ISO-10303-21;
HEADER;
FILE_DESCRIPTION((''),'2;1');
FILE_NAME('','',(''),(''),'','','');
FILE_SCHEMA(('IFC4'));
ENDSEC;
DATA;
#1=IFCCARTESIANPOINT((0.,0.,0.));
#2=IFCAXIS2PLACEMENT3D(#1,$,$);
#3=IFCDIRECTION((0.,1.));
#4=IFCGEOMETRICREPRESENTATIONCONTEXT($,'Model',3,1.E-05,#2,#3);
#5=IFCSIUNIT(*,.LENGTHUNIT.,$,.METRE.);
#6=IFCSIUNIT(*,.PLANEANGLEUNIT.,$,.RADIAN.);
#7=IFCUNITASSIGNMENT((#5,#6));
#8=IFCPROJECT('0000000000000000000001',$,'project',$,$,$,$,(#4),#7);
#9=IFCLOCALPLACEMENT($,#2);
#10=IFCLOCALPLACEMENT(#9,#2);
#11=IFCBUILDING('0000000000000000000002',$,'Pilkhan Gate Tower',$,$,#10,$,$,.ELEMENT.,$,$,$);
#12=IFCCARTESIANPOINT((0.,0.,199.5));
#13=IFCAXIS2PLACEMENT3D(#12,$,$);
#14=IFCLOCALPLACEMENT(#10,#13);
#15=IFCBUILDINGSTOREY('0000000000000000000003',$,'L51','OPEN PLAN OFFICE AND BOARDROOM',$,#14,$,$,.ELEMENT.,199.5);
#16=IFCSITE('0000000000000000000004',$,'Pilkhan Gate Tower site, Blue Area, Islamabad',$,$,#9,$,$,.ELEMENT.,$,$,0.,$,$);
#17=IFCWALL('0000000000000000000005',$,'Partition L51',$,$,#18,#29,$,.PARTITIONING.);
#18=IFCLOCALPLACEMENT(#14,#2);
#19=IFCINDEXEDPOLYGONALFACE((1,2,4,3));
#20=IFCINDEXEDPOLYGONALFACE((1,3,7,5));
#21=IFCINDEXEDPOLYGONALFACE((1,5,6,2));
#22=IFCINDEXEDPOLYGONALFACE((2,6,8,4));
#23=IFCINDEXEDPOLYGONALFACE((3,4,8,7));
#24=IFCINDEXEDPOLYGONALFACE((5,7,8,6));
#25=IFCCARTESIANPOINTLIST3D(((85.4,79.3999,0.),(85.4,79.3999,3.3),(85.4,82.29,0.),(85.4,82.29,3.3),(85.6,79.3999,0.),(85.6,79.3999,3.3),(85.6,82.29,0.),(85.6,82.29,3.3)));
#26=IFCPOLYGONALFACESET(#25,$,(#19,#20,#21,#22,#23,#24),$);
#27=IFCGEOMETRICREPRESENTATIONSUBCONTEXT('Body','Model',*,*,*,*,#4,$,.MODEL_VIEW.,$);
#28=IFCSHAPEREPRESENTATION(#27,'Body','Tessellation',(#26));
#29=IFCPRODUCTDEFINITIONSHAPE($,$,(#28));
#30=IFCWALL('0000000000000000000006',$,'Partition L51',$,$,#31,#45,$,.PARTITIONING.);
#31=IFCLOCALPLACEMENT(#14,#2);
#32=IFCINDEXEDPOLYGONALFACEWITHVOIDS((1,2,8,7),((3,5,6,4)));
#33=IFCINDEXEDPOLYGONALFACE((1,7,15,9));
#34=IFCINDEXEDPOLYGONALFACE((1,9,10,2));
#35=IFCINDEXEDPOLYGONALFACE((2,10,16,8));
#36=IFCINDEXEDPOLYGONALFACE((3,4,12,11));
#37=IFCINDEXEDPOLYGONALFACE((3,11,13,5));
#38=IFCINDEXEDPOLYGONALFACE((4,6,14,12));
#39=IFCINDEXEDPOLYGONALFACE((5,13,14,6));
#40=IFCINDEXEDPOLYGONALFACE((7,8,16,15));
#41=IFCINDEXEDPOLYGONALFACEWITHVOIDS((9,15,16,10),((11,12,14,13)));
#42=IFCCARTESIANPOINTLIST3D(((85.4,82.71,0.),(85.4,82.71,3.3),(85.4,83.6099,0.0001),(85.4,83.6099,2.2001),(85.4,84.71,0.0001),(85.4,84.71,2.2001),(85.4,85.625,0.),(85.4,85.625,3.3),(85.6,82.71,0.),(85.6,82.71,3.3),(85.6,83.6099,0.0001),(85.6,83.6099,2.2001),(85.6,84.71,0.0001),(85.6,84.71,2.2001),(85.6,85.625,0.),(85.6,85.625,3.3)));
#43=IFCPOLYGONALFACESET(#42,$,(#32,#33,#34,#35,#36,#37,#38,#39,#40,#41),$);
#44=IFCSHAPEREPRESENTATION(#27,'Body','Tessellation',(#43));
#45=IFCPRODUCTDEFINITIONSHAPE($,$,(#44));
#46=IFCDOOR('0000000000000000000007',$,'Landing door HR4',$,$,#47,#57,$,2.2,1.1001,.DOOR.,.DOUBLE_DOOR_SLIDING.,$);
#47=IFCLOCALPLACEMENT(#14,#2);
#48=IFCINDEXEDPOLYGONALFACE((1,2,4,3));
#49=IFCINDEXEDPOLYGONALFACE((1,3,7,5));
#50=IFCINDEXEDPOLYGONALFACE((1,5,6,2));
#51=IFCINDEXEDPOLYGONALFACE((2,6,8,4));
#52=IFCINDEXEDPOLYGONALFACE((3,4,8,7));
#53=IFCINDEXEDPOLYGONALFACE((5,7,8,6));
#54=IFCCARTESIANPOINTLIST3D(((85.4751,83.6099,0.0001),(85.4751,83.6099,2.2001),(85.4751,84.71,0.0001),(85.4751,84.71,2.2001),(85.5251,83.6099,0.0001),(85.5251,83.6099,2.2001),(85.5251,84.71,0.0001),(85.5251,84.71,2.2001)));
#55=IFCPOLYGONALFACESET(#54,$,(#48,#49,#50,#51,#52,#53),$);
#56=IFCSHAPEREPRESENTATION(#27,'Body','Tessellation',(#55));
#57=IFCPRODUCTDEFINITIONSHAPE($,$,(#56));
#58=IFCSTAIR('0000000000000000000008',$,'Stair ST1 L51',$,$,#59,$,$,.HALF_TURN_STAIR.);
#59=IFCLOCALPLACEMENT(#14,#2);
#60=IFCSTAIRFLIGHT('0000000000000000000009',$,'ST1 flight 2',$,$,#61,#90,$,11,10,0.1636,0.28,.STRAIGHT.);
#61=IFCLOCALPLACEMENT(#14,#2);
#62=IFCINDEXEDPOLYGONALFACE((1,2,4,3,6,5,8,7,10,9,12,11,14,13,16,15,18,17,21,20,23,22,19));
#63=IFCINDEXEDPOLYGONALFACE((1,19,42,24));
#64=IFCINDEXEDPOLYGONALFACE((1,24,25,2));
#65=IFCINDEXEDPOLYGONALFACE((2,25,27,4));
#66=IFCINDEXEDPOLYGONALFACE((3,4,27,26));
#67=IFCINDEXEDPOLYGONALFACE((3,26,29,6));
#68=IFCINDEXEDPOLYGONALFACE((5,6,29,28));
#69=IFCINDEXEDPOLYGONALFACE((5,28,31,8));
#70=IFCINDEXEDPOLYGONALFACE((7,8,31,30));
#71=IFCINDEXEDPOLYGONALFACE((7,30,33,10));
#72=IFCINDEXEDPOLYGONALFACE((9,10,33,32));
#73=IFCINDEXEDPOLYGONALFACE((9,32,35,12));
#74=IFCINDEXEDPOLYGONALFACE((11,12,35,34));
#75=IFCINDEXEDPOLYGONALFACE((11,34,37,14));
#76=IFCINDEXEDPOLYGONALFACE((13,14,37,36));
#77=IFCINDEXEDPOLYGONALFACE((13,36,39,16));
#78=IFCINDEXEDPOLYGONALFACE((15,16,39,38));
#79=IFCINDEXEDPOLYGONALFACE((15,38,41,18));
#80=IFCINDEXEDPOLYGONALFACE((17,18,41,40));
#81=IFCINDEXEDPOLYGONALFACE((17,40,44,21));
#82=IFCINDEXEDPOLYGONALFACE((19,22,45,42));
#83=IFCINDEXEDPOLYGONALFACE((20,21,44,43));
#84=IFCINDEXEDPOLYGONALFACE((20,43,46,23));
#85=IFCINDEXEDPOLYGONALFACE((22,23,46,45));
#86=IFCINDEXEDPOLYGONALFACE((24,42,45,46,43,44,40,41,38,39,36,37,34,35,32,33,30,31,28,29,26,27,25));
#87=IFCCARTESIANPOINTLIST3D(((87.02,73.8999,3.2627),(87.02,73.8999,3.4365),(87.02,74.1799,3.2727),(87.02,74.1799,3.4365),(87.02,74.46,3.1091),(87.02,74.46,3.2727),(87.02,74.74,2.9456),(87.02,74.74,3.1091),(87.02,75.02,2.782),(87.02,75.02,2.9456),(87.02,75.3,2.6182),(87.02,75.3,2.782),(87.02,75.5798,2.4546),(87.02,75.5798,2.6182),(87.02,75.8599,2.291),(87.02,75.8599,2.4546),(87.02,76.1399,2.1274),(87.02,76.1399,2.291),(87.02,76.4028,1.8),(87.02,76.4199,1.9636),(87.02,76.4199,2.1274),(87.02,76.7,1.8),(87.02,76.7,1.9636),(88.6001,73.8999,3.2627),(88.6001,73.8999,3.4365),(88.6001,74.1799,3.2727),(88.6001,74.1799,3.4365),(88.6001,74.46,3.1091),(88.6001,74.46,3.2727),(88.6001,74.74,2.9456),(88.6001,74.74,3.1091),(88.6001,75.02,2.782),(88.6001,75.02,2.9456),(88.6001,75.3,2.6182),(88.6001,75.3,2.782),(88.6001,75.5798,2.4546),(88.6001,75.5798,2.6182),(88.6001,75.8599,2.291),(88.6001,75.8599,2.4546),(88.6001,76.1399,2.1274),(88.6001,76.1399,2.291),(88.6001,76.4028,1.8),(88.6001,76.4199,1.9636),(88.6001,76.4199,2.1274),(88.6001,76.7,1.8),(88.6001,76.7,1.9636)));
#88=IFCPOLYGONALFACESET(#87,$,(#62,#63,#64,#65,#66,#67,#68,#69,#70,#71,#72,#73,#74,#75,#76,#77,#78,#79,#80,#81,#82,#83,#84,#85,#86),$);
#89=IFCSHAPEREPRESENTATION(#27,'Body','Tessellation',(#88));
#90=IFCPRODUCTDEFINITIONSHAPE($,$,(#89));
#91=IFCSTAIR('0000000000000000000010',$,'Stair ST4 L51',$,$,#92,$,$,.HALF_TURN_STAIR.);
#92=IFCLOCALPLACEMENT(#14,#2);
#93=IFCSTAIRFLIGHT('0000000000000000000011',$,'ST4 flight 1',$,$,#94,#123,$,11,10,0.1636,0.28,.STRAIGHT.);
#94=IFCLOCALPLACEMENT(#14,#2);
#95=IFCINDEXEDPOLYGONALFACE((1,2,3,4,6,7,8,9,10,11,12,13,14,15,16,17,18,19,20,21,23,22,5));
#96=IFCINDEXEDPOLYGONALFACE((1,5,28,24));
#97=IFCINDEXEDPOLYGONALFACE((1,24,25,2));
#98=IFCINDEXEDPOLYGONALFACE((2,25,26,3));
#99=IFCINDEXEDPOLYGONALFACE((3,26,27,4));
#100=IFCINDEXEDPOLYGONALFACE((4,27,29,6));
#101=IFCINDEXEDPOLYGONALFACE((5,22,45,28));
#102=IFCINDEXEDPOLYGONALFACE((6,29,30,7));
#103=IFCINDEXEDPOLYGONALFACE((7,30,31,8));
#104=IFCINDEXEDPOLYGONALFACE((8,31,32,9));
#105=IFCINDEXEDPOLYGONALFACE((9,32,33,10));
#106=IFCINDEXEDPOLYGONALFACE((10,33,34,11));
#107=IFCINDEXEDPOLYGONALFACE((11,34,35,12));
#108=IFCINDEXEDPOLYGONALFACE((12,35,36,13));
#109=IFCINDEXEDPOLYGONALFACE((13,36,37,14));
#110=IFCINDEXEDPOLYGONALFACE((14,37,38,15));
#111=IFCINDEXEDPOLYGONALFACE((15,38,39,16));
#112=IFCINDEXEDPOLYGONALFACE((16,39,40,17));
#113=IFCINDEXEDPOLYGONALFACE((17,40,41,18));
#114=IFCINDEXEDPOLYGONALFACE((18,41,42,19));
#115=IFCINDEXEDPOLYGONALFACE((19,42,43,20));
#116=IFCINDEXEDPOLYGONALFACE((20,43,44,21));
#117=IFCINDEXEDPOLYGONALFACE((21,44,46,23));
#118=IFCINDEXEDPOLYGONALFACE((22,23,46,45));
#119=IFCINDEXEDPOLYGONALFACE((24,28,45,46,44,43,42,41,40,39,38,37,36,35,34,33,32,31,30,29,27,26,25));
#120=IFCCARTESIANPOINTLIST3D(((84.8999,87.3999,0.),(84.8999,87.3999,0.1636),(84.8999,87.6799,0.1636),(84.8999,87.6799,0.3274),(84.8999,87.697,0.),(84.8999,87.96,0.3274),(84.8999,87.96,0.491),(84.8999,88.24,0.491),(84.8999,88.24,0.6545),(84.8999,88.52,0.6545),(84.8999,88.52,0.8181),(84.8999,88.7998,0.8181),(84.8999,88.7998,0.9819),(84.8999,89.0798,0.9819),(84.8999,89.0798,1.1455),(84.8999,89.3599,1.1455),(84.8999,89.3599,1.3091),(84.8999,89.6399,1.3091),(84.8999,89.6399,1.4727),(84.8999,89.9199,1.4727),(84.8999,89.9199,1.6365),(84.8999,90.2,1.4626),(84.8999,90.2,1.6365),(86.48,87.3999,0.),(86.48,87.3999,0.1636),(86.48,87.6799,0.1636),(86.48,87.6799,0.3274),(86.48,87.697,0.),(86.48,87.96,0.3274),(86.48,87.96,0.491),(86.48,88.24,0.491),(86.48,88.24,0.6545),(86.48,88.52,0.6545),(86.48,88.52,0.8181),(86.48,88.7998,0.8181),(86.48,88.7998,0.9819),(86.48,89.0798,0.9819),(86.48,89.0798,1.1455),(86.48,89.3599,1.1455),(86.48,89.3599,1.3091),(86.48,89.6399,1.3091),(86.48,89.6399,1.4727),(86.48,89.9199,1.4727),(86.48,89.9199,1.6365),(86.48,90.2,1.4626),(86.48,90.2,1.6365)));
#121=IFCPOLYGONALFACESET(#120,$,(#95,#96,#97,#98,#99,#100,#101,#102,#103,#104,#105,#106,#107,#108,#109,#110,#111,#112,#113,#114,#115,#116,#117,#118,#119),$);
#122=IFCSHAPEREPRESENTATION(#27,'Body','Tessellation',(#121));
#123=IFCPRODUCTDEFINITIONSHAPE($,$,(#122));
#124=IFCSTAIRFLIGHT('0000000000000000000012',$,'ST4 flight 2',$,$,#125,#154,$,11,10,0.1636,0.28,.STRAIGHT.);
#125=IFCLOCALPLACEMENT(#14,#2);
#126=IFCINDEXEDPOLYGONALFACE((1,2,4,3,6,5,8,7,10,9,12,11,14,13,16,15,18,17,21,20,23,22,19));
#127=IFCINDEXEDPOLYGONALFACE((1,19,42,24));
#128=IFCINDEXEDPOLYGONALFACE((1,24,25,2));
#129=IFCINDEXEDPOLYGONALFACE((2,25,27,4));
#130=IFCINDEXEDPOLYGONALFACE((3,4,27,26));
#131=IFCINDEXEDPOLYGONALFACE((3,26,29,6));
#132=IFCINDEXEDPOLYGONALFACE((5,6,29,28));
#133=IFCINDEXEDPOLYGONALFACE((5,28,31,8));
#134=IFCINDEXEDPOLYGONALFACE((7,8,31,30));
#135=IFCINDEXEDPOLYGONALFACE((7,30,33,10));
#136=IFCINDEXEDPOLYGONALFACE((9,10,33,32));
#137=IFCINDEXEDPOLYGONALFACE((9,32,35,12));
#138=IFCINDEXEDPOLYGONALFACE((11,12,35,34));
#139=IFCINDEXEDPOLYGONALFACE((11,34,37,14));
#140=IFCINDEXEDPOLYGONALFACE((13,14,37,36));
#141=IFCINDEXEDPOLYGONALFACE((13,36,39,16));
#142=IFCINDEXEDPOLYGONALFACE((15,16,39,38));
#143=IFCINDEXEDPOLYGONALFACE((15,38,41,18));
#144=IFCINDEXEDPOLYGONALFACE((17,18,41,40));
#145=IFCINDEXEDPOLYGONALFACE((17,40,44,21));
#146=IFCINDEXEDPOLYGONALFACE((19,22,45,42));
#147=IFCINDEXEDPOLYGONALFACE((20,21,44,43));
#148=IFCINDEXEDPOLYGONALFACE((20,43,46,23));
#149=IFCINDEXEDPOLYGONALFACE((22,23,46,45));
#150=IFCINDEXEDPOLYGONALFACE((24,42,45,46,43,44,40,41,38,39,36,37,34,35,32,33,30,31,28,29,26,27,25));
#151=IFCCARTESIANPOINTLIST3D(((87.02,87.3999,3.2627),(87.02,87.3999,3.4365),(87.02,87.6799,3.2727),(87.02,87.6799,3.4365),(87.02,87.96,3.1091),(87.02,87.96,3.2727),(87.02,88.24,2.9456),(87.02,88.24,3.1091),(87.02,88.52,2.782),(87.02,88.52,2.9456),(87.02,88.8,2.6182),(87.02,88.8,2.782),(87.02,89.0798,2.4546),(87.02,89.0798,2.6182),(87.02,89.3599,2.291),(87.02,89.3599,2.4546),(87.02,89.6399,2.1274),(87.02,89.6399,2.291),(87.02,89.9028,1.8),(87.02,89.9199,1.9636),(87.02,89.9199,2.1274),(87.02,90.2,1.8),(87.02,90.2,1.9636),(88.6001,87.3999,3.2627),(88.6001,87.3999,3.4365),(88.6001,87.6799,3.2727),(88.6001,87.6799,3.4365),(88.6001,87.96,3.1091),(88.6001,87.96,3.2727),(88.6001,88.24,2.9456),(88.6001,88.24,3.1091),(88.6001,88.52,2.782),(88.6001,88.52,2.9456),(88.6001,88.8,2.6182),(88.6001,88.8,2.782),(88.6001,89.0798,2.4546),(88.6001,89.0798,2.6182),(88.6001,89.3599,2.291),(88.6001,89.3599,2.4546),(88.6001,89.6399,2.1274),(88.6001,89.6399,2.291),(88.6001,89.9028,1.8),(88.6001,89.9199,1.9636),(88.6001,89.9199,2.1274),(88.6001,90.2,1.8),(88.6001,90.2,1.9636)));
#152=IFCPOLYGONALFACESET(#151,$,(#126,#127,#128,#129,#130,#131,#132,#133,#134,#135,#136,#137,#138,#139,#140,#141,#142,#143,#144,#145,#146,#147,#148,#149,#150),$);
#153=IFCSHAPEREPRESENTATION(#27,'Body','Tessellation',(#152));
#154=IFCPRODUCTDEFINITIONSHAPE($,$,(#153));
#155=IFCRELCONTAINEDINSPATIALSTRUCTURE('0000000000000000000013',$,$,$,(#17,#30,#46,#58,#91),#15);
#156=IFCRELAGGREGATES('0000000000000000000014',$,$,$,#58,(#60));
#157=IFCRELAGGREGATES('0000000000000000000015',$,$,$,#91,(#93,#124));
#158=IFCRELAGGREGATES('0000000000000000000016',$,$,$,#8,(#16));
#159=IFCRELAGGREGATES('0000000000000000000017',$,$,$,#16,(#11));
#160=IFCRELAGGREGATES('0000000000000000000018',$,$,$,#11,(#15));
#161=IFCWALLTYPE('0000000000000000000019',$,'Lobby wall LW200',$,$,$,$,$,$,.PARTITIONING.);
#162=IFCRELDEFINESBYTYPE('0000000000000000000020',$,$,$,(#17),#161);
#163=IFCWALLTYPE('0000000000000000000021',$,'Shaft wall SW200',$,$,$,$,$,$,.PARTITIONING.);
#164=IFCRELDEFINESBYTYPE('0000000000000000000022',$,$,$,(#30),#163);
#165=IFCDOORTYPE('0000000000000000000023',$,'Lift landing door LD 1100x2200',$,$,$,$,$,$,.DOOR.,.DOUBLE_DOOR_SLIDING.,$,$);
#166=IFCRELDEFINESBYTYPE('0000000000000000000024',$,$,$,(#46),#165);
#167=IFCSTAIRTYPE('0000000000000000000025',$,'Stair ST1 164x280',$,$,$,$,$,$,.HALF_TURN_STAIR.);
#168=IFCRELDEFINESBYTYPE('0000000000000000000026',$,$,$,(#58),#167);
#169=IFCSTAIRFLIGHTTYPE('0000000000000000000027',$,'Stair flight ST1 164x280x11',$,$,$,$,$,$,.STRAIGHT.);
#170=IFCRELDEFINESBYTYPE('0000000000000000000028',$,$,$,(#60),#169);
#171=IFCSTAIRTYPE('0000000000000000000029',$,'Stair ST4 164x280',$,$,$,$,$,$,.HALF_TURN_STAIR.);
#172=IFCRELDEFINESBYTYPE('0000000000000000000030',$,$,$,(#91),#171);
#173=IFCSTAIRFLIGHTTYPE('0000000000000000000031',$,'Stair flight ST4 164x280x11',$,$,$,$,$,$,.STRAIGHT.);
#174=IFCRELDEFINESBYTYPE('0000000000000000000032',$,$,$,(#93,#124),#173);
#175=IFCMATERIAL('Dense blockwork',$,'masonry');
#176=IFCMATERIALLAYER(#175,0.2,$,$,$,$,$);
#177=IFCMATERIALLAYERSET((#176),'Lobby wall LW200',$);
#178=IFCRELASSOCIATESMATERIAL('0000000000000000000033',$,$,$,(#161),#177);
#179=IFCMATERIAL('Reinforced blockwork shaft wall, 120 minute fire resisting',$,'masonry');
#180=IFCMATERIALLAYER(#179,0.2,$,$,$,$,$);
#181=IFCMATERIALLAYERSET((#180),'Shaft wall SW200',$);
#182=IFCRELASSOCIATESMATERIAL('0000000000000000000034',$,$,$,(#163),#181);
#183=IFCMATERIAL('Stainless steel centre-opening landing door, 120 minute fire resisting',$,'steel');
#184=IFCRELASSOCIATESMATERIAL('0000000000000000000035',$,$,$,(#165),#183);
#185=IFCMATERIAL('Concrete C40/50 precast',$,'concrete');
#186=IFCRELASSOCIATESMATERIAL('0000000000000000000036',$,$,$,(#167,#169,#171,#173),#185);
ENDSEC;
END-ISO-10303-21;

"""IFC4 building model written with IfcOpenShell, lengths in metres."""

from ifc_helpers import new_model, si_unit, direction, frame, frame_2d, origin, place, context, subcontext, project, spatial, polyline, rectangle, outline, extrude, material, layer, layer_set, type_object, element, fill, aggregate, save


model = new_model("IFC4")

# Units and contexts
model_context = context("Model", 3, precision=1e-05, world=origin(), true_north=direction((0.0, 1.0)))
body_context = subcontext(model_context, "Body", "Model", "MODEL_VIEW")
ifc_project = project(units=[si_unit("LENGTHUNIT", "METRE"), si_unit("PLANEANGLEUNIT", "RADIAN")], contexts=[model_context])

# Site, building, storey
site_placement = place(None, origin())
site = spatial("IfcSite", under=ifc_project, at=site_placement, Name="Pilkhan Gate Tower site, Blue Area, Islamabad", CompositionType="ELEMENT", RefElevation=0.0)
building_placement = place(site_placement, origin())
building = spatial("IfcBuilding", under=site, at=building_placement, Name="Pilkhan Gate Tower", CompositionType="ELEMENT")
storey_placement = place(building_placement, frame((0.0, 0.0, 199.5)))
storey = spatial("IfcBuildingStorey", under=building, at=storey_placement, Name="L51", Description="OPEN PLAN OFFICE AND BOARDROOM", CompositionType="ELEMENT", Elevation=199.5)

# Shared definitions
ifc_material_1 = material(Name="Dense blockwork", Category="masonry")

# Wall
ifc_layer_1 = layer(ifc_material_1, 0.2)
ifc_layer_set_1 = layer_set([ifc_layer_1], Name="Lobby wall LW200")
wall_type_1 = type_object("IfcWallType", Name="Lobby wall LW200", PredefinedType="PARTITIONING", material=ifc_layer_set_1)
wall_1_placement = place(storey_placement, frame((85.5, 79.3999, 0.0), z_axis=(0.0, 0.0, 1.0), x_axis=(0.0, 1.0, 0.0)))
element("IfcWall", 1, at=wall_1_placement, inside=storey, type_object=wall_type_1, Name="Partition L51", PredefinedType="PARTITIONING", context=body_context, shape_type="SweptSolid", body=[
    extrude(rectangle(XDim=2.8901, YDim=0.2, at=frame_2d((1.4451, 0.0))), origin(), (0.0, 0.0, 1.0), 3.3),
])

# Wall, opening, door
ifc_material_2 = material(Name="Reinforced blockwork shaft wall, 120 minute fire resisting", Category="masonry")
ifc_layer_2 = layer(ifc_material_2, 0.2)
ifc_layer_set_2 = layer_set([ifc_layer_2], Name="Shaft wall SW200")
wall_type_2 = type_object("IfcWallType", Name="Shaft wall SW200", PredefinedType="PARTITIONING", material=ifc_layer_set_2)
wall_2_placement = place(storey_placement, frame((85.5, 82.71, 0.0), z_axis=(0.0, 0.0, 1.0), x_axis=(0.0, 1.0, 0.0)))
wall_2 = element("IfcWall", 2, at=wall_2_placement, inside=storey, type_object=wall_type_2, Name="Partition L51", PredefinedType="PARTITIONING", context=body_context, shape_type="SweptSolid", body=[
    extrude(rectangle(XDim=2.915, YDim=0.2, at=frame_2d((1.4575, 0.0))), origin(), (0.0, 0.0, 1.0), 3.3),
])
opening_1_placement = place(wall_2_placement, frame((0.8999, 0.0, 0.0)))
opening_1 = element("IfcOpeningElement", 3, at=opening_1_placement, cuts=wall_2, PredefinedType="OPENING", context=body_context, shape_type="SweptSolid", body=[
    extrude(rectangle(XDim=1.1001, YDim=2.2, at=frame_2d((0.55, 1.1001))), frame((0.0, 0.1099, 0.0), z_axis=(0.0, -1.0, 0.0), x_axis=(1.0, 0.0, 0.0)), (0.0, 0.0, 1.0), 0.22),
])
ifc_material_3 = material(Name="Stainless steel centre-opening landing door, 120 minute fire resisting", Category="steel")
door_type_1 = type_object("IfcDoorType", Name="Lift landing door LD 1100x2200", OperationType="DOUBLE_DOOR_SLIDING", PredefinedType="DOOR", material=ifc_material_3)
door_1_placement = place(opening_1_placement, origin())
door_1 = element("IfcDoor", 4, at=door_1_placement, inside=storey, type_object=door_type_1, Name="Landing door HR4", OperationType="DOUBLE_DOOR_SLIDING", OverallHeight=2.2, OverallWidth=1.1001, PredefinedType="DOOR", context=body_context, shape_type="SweptSolid", body=[
    extrude(rectangle(XDim=1.1001, YDim=2.2, at=frame_2d((0.55, 1.1001))), frame((0.0, 0.0249, 0.0), z_axis=(0.0, -1.0, 0.0), x_axis=(1.0, 0.0, 0.0)), (0.0, 0.0, 1.0), 0.05),
])
fill(opening_1, door_1)

# Stair, stair flight
ifc_material_4 = material(Name="Concrete C40/50 precast", Category="concrete")
stair_type_1 = type_object("IfcStairType", Name="Stair ST1 164x280", PredefinedType="HALF_TURN_STAIR", material=ifc_material_4)
stair_1_placement = place(storey_placement, origin())
stair_1 = element("IfcStair", 5, at=stair_1_placement, inside=storey, type_object=stair_type_1, Name="Stair ST1 L51", PredefinedType="HALF_TURN_STAIR")
stair_flight_type_1 = type_object("IfcStairFlightType", Name="Stair flight ST1 164x280x11", PredefinedType="STRAIGHT", material=ifc_material_4)
stair_flight_1_placement = place(storey_placement, frame((87.8101, 76.7, 1.8), z_axis=(0.0, 0.0, 1.0), x_axis=(0.0, -1.0, 0.0)))
stair_flight_1 = element("IfcStairFlight", 6, at=stair_flight_1_placement, type_object=stair_flight_type_1, Name="ST1 flight 2", NumberOfRisers=11, NumberOfTreads=10, PredefinedType="STRAIGHT", RiserHeight=0.1636, TreadLength=0.28, context=body_context, shape_type="SweptSolid", body=[
    extrude(outline(polyline([(0.0, 0.0), (0.0, 0.1636), (0.28, 0.1636), (0.28, 0.3274), (0.5601, 0.3274), (0.5601, 0.491), (0.8401, 0.491), (0.8401, 0.6545), (1.1201, 0.6545), (1.1201, 0.8181), (1.3999, 0.8181), (1.3999, 0.9819), (1.6799, 0.9819), (1.6799, 1.1455), (1.96, 1.1455), (1.96, 1.3091), (2.24, 1.3091), (2.24, 1.4727), (2.52, 1.4727), (2.52, 1.6365), (2.8, 1.6365), (2.8, 1.8), (2.8, 1.4626), (0.2971, 0.0), (0.0, 0.0)])), frame((0.0, 0.79, 0.0), z_axis=(0.0, -1.0, 0.0), x_axis=(1.0, 0.0, 0.0)), (0.0, 0.0, 1.0), 1.5801),
])
aggregate(stair_1, [stair_flight_1])

# Stair, stair flights
stair_type_2 = type_object("IfcStairType", Name="Stair ST4 164x280", PredefinedType="HALF_TURN_STAIR", material=ifc_material_4)
stair_2_placement = place(storey_placement, origin())
stair_2 = element("IfcStair", 7, at=stair_2_placement, inside=storey, type_object=stair_type_2, Name="Stair ST4 L51", PredefinedType="HALF_TURN_STAIR")
stair_flight_type_2 = type_object("IfcStairFlightType", Name="Stair flight ST4 164x280x11", PredefinedType="STRAIGHT", material=ifc_material_4)
stair_flight_2_placement = place(storey_placement, frame((85.6899, 87.3999, 0.0), z_axis=(0.0, 0.0, 1.0), x_axis=(0.0, 1.0, 0.0)))
stair_flight_2 = element("IfcStairFlight", 8, at=stair_flight_2_placement, type_object=stair_flight_type_2, Name="ST4 flight 1", NumberOfRisers=11, NumberOfTreads=10, PredefinedType="STRAIGHT", RiserHeight=0.1636, TreadLength=0.28, context=body_context, shape_type="SweptSolid", body=[
    extrude(outline(polyline([(0.0, 0.0), (0.0, 0.1636), (0.28, 0.1636), (0.28, 0.3274), (0.5601, 0.3274), (0.5601, 0.491), (0.8401, 0.491), (0.8401, 0.6545), (1.1201, 0.6545), (1.1201, 0.8181), (1.3999, 0.8181), (1.3999, 0.9819), (1.6799, 0.9819), (1.6799, 1.1455), (1.96, 1.1455), (1.96, 1.3091), (2.24, 1.3091), (2.24, 1.4727), (2.52, 1.4727), (2.52, 1.6365), (2.8, 1.6365), (2.8, 1.8), (2.8, 1.4626), (0.2971, 0.0), (0.0, 0.0)])), frame((0.0, 0.79, 0.0), z_axis=(0.0, -1.0, 0.0), x_axis=(1.0, 0.0, 0.0)), (0.0, 0.0, 1.0), 1.5801),
])
stair_flight_3_placement = place(storey_placement, frame((87.8101, 90.2, 1.8), z_axis=(0.0, 0.0, 1.0), x_axis=(0.0, -1.0, 0.0)))
stair_flight_3 = element("IfcStairFlight", 9, at=stair_flight_3_placement, type_object=stair_flight_type_2, Name="ST4 flight 2", NumberOfRisers=11, NumberOfTreads=10, PredefinedType="STRAIGHT", RiserHeight=0.1636, TreadLength=0.28, context=body_context, shape_type="SweptSolid", body=[
    extrude(outline(polyline([(0.0, 0.0), (0.0, 0.1636), (0.28, 0.1636), (0.28, 0.3274), (0.5601, 0.3274), (0.5601, 0.491), (0.8401, 0.491), (0.8401, 0.6545), (1.1201, 0.6545), (1.1201, 0.8181), (1.3999, 0.8181), (1.3999, 0.9819), (1.6799, 0.9819), (1.6799, 1.1455), (1.96, 1.1455), (1.96, 1.3091), (2.24, 1.3091), (2.24, 1.4727), (2.52, 1.4727), (2.52, 1.6365), (2.8, 1.6365), (2.8, 1.8), (2.8, 1.4626), (0.2971, 0.0), (0.0, 0.0)])), frame((0.0, 0.79, 0.0), z_axis=(0.0, -1.0, 0.0), x_axis=(1.0, 0.0, 0.0)), (0.0, 0.0, 1.0), 1.5801),
])
aggregate(stair_2, [stair_flight_2, stair_flight_3])

save(model, "model.ifc")
